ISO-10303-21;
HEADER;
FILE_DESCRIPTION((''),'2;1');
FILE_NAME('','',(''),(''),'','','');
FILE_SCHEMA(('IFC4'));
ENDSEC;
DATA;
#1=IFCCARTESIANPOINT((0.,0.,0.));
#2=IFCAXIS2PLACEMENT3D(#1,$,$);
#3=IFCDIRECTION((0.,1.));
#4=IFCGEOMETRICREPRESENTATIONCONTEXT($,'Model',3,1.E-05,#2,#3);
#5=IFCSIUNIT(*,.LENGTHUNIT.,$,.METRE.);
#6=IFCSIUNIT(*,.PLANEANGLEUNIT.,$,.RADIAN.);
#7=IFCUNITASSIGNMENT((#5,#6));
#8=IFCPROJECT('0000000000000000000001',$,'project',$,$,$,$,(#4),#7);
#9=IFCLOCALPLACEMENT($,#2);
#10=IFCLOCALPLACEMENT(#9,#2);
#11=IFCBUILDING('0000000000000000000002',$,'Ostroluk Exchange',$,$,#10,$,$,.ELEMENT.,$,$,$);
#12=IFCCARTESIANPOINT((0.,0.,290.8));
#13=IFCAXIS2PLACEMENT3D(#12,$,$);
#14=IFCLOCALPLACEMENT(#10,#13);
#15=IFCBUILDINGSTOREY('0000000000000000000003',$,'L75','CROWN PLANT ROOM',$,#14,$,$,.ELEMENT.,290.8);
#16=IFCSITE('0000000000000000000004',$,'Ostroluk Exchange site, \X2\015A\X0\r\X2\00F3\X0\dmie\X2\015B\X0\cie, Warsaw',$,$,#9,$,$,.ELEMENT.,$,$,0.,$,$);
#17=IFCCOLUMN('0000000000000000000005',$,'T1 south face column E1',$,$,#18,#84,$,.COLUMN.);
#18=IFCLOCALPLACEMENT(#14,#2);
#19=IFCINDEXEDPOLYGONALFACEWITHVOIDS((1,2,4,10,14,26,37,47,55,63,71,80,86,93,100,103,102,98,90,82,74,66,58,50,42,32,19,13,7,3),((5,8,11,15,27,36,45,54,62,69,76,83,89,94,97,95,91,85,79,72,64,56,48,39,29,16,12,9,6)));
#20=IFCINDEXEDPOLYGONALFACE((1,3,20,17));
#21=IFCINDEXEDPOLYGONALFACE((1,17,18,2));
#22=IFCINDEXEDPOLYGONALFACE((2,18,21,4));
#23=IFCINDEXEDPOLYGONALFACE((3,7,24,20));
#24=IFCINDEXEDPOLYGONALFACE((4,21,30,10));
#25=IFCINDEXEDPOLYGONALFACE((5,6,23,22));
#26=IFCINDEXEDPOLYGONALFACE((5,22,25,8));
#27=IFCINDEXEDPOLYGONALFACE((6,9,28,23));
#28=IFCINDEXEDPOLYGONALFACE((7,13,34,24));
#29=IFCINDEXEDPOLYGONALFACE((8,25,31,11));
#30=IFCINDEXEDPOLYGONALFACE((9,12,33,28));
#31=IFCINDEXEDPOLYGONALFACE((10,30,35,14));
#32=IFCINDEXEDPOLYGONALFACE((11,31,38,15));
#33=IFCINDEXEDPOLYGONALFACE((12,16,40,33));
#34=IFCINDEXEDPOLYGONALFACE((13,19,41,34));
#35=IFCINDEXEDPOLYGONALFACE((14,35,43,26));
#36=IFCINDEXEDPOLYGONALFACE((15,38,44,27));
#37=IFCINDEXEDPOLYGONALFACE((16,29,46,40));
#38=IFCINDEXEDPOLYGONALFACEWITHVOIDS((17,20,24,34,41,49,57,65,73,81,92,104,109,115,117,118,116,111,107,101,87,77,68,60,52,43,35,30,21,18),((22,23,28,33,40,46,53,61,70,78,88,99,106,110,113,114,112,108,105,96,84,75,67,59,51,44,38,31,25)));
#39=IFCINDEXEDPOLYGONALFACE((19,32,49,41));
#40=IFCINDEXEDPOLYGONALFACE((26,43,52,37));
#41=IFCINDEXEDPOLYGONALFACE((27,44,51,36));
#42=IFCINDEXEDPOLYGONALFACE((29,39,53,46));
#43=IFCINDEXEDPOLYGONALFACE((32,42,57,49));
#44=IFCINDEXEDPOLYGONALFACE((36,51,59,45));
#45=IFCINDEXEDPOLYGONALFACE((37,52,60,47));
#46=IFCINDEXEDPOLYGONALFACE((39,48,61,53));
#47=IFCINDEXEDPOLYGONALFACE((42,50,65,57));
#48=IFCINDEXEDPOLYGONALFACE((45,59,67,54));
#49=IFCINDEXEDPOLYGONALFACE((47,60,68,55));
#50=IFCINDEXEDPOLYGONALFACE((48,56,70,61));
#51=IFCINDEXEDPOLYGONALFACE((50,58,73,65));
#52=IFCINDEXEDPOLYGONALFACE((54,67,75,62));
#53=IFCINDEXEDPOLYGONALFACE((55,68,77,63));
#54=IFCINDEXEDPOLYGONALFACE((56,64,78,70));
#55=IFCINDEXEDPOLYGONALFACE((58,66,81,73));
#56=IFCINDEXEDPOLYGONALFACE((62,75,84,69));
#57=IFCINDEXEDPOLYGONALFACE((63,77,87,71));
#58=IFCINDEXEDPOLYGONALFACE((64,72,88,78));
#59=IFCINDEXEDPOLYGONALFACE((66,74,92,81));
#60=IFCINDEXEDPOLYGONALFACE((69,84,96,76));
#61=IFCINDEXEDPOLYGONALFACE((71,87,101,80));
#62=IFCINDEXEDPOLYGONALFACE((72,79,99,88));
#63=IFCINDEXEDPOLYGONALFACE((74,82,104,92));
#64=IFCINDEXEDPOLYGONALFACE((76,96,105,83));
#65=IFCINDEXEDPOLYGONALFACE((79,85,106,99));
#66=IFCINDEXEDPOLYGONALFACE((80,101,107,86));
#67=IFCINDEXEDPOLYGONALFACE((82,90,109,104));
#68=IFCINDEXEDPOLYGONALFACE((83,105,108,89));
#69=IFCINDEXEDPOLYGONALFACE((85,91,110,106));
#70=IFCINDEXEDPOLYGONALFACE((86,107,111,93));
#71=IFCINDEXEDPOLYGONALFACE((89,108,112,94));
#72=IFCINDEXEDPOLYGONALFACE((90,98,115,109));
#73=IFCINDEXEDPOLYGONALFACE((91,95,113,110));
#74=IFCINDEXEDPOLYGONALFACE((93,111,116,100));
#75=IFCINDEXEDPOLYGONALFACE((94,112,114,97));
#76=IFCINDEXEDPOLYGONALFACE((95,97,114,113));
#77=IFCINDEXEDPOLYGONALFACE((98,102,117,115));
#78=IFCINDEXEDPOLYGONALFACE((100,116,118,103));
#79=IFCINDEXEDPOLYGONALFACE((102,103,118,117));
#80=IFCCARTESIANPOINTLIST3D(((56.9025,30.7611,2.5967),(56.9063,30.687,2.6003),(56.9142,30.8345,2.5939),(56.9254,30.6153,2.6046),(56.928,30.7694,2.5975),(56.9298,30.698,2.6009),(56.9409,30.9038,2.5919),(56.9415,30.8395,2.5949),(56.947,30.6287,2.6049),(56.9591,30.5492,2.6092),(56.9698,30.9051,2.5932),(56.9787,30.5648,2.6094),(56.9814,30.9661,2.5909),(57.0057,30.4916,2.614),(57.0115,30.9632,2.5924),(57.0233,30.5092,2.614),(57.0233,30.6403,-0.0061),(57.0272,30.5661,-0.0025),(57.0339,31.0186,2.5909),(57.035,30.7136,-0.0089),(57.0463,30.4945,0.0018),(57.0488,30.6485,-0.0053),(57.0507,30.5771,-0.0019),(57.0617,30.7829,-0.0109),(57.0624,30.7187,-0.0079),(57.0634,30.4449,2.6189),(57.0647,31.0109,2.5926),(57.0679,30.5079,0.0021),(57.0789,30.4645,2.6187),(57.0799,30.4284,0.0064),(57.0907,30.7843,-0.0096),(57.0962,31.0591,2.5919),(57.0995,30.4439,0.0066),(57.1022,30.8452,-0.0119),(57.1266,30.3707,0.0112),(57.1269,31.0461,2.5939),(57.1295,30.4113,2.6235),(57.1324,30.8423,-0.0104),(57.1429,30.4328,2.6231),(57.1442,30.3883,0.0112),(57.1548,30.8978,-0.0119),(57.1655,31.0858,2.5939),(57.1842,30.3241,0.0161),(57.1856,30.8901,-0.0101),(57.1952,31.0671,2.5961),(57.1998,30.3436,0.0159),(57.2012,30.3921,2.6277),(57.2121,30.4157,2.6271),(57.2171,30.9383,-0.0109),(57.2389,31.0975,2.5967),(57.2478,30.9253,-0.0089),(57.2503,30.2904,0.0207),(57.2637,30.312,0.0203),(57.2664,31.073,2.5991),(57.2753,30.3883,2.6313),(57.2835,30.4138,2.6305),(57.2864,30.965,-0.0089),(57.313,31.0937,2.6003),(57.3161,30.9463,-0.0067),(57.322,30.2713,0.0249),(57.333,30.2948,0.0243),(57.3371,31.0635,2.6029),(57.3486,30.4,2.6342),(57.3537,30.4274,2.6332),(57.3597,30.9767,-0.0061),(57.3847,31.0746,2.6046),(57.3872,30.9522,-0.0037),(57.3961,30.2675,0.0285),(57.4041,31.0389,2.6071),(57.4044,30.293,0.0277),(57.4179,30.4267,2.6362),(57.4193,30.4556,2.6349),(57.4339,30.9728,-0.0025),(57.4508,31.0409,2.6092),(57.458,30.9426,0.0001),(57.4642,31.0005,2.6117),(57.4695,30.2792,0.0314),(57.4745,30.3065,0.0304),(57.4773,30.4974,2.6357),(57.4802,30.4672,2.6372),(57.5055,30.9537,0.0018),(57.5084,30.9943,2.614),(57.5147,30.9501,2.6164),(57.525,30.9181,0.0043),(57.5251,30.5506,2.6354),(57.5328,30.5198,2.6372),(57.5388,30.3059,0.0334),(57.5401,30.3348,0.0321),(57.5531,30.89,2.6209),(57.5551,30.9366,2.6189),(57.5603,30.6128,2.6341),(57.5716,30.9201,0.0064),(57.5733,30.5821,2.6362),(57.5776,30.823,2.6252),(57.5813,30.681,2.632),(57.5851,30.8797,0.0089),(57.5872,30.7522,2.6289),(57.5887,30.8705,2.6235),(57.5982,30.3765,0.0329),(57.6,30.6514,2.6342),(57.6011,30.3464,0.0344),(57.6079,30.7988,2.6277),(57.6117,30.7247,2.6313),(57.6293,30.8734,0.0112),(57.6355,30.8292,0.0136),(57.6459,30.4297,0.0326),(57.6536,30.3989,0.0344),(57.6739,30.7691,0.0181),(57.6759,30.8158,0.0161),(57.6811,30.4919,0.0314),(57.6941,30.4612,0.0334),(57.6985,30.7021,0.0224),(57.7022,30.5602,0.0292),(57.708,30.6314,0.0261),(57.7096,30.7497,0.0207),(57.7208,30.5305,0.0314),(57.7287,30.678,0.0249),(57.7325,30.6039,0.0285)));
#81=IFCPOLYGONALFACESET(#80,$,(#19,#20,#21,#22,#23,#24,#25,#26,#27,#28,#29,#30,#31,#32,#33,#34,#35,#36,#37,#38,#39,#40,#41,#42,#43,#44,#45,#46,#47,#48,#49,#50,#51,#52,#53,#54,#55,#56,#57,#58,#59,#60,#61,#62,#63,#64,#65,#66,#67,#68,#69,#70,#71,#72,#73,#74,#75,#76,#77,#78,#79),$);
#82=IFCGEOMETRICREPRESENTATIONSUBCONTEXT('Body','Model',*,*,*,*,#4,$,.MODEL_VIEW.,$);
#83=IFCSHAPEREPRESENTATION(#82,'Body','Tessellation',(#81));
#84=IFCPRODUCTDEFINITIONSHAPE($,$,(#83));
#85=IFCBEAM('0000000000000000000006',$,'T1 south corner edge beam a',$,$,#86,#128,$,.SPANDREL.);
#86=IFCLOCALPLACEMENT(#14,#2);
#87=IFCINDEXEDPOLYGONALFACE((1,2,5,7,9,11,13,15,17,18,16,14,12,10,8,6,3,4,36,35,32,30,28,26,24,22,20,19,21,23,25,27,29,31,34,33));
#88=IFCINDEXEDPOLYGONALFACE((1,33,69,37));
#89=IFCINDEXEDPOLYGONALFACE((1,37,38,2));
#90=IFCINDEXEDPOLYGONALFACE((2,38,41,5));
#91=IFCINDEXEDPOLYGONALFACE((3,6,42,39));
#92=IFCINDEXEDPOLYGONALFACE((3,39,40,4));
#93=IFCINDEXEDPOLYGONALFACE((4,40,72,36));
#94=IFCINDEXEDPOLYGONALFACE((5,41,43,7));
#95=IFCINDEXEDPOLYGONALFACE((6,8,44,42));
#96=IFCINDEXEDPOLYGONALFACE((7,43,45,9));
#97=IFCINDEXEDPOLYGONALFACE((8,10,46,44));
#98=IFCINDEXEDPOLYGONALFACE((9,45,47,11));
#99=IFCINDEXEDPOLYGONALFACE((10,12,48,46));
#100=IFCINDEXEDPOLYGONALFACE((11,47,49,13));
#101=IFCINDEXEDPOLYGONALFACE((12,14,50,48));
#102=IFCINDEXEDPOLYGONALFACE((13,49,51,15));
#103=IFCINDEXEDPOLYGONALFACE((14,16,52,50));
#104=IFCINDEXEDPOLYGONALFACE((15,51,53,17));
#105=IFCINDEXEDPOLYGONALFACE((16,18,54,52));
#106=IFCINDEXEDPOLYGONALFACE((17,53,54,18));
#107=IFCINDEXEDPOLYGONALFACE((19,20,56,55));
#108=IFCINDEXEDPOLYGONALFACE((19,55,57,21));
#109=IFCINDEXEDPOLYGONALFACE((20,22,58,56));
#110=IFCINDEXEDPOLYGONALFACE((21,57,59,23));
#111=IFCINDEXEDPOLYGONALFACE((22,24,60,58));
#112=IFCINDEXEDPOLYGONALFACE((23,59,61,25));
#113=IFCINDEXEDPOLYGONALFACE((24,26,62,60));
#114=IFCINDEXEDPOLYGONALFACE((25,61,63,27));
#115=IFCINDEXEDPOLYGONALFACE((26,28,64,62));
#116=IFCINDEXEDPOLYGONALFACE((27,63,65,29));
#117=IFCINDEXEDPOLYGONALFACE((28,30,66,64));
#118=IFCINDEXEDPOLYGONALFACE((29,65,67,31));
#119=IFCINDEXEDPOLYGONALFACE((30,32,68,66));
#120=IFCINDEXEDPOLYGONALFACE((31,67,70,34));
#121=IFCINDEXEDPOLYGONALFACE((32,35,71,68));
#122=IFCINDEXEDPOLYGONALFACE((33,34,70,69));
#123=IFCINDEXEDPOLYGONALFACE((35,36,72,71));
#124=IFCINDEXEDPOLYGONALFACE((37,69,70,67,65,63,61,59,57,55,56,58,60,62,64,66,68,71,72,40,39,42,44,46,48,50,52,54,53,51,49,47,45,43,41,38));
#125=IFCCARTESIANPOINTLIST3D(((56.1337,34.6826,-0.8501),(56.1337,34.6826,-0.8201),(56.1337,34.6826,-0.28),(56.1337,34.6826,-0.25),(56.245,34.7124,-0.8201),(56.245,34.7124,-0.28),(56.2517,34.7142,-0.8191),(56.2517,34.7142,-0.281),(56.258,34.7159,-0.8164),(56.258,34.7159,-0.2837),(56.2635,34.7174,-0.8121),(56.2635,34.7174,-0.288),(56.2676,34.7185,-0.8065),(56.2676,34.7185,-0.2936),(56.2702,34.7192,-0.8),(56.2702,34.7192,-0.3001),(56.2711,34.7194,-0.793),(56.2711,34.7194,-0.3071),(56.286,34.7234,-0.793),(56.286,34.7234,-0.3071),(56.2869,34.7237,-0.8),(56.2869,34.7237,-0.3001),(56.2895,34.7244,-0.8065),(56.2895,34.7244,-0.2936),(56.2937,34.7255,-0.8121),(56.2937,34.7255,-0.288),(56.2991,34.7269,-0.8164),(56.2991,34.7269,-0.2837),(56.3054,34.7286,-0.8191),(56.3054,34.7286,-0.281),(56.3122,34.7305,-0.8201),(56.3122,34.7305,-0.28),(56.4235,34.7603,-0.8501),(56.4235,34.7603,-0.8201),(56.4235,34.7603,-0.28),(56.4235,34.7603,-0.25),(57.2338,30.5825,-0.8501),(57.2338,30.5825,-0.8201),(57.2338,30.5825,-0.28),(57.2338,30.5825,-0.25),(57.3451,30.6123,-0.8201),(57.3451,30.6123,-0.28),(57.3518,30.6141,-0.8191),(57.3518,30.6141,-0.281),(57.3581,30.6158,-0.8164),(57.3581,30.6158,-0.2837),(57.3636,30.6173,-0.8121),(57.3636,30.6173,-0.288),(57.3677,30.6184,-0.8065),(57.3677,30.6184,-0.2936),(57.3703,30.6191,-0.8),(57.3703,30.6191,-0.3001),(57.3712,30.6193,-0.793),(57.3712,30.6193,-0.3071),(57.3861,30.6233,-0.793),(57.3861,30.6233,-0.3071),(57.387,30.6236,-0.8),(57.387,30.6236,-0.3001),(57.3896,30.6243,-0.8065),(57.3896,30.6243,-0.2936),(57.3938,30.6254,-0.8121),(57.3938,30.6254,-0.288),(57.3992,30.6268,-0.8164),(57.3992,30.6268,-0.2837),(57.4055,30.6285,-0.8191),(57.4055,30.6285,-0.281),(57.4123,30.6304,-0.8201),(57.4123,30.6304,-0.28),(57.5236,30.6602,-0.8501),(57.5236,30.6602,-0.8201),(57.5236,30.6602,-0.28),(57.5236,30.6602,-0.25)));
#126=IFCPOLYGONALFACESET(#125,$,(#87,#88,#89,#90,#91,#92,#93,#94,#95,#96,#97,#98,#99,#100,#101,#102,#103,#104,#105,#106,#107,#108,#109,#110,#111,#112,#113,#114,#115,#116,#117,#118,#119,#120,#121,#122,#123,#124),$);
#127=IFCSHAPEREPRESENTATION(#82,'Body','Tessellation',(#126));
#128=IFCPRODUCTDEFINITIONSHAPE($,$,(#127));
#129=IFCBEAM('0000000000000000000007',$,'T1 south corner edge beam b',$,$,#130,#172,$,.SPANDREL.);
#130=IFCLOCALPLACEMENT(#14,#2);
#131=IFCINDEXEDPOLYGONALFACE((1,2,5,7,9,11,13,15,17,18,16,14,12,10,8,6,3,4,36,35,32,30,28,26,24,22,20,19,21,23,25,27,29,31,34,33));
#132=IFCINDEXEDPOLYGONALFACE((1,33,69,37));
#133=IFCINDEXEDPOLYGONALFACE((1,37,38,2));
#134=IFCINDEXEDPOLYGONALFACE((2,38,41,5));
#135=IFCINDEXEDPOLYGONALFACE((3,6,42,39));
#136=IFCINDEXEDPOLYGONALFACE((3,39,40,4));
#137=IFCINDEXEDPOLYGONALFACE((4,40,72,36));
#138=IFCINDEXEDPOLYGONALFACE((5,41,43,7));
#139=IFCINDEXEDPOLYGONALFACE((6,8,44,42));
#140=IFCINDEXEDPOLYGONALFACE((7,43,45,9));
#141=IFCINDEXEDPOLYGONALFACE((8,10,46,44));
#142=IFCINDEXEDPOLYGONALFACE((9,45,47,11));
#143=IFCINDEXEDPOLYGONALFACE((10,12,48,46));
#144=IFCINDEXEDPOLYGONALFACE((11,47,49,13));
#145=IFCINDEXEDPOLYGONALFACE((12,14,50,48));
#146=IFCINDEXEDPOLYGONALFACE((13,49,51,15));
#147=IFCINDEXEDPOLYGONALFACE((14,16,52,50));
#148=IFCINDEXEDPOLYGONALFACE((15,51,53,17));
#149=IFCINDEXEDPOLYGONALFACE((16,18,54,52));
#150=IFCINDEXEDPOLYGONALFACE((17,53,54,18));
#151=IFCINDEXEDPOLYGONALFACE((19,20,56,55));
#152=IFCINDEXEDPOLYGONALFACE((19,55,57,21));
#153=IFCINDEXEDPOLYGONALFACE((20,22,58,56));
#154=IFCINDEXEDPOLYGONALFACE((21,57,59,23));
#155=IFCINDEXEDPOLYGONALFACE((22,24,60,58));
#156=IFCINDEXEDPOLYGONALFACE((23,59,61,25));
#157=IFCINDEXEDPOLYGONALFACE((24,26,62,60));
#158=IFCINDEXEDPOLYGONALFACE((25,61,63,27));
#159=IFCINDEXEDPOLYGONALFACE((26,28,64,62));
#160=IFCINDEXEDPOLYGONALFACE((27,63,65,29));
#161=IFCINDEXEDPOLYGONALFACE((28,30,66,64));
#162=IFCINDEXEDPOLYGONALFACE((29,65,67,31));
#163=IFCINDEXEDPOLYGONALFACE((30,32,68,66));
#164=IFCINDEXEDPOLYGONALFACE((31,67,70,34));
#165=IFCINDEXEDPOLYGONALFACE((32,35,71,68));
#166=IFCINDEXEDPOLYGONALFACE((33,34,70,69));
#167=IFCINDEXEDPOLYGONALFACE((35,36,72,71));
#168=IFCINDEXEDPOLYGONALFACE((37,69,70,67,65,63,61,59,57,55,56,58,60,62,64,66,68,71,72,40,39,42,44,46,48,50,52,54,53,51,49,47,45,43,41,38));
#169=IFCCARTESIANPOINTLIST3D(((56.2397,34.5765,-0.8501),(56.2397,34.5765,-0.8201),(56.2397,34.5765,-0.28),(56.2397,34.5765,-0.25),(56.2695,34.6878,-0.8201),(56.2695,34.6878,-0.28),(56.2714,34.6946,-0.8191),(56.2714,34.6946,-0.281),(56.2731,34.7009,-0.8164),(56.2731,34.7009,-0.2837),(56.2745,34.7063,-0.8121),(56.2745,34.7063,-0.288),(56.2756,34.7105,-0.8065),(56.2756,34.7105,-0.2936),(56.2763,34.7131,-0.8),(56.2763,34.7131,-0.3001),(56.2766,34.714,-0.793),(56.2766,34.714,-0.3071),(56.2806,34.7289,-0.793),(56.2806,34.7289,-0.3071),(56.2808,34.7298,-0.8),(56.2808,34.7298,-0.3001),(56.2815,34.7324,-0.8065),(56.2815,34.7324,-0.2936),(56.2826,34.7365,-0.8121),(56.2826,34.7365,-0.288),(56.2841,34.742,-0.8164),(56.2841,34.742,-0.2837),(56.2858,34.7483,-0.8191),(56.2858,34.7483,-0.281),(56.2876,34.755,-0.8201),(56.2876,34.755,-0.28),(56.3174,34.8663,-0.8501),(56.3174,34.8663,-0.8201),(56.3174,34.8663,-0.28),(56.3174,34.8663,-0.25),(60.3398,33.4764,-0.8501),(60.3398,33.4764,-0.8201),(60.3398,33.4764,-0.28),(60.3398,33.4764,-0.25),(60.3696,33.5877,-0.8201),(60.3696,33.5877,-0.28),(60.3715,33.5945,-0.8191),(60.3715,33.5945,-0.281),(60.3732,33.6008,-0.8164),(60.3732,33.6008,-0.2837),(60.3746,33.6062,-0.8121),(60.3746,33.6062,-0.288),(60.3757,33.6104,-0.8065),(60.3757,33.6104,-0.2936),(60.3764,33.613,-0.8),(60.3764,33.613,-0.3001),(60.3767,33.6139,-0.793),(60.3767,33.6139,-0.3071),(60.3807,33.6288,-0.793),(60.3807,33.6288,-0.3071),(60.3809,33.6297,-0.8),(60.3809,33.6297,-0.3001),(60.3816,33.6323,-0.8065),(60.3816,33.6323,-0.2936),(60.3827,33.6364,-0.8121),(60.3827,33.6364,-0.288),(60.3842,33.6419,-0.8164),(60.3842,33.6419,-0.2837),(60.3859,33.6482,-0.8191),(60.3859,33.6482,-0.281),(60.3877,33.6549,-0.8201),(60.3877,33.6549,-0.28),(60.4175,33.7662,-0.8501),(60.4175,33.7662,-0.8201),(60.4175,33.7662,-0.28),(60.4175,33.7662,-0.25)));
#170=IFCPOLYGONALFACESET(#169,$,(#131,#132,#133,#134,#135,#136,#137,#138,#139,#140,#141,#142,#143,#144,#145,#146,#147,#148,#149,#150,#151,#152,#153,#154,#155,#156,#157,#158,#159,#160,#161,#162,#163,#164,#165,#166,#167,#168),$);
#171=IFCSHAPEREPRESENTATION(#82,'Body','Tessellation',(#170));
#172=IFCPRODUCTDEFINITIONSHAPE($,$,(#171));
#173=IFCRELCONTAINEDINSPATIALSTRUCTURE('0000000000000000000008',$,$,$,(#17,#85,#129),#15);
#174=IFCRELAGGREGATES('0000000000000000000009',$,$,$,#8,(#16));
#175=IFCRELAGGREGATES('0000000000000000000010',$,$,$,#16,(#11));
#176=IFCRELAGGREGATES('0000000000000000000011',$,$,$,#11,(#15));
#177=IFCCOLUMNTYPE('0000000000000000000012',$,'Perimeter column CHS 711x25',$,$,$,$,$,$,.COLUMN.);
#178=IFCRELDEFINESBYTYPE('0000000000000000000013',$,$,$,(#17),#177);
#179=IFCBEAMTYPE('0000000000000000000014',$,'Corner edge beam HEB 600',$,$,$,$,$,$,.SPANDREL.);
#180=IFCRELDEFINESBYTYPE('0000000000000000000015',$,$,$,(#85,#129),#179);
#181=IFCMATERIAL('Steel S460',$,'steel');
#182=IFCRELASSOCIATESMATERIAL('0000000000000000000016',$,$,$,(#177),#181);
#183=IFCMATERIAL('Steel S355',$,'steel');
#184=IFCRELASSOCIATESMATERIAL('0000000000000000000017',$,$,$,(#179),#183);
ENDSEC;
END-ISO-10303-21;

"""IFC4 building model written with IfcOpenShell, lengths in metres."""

from ifc_helpers import new_model, si_unit, direction, frame, origin, origin_2d, place, context, subcontext, project, spatial, hollow_circle, i_section, extrude, material, material_profile, profile_set, type_object, element, save


model = new_model("IFC4")

# Units and contexts
model_context = context("Model", 3, precision=1e-05, world=origin(), true_north=direction((0.0, 1.0)))
body_context = subcontext(model_context, "Body", "Model", "MODEL_VIEW")
ifc_project = project(units=[si_unit("LENGTHUNIT", "METRE"), si_unit("PLANEANGLEUNIT", "RADIAN")], contexts=[model_context])

# Site, building, storey
site_placement = place(None, origin())
site = spatial("IfcSite", under=ifc_project, at=site_placement, Name="Ostroluk Exchange site, Śródmieście, Warsaw", CompositionType="ELEMENT", RefElevation=0.0)
building_placement = place(site_placement, origin())
building = spatial("IfcBuilding", under=site, at=building_placement, Name="Ostroluk Exchange", CompositionType="ELEMENT")
storey_placement = place(building_placement, frame((0.0, 0.0, 290.8)))
storey = spatial("IfcBuildingStorey", under=building, at=storey_placement, Name="L75", Description="CROWN PLANT ROOM", CompositionType="ELEMENT", Elevation=290.8)

# Column
ifc_material_1 = material(Name="Steel S460", Category="steel")
ifc_material_profile_1 = material_profile(ifc_material_1, hollow_circle(Radius=0.3555, WallThickness=0.0249, at=origin_2d()), Name="CHS 711x25")
ifc_profile_set_1 = profile_set([ifc_material_profile_1], Name="Steel S460")
column_type_1 = type_object("IfcColumnType", Name="Perimeter column CHS 711x25", PredefinedType="COLUMN", material=ifc_profile_set_1)
column_1_placement = place(storey_placement, frame((57.3779, 30.6221, 0.0112), z_axis=(-0.046331, 0.046331, 0.997851), x_axis=(-0.707107, -0.707107, 0.0)))
element("IfcColumn", 1, at=column_1_placement, inside=storey, type_object=column_type_1, Name="T1 south face column E1", PredefinedType="COLUMN", context=body_context, shape_type="SweptSolid", body=[
    extrude(hollow_circle(Radius=0.3555, WallThickness=0.0249, at=origin_2d()), origin(), (0.0, 0.0, 1.0), 2.6084),
])

# Beams
ifc_material_2 = material(Name="Steel S355", Category="steel")
ifc_material_profile_2 = material_profile(ifc_material_2, i_section(OverallWidth=0.3, OverallDepth=0.6001, WebThickness=0.0154, FlangeThickness=0.03, FilletRadius=0.0271, at=origin_2d()), Name="HEB 600")
ifc_profile_set_2 = profile_set([ifc_material_profile_2], Name="Steel S355")
beam_type_1 = type_object("IfcBeamType", Name="Corner edge beam HEB 600", PredefinedType="SPANDREL", material=ifc_profile_set_2)
for number, where, z_axis, x_axis, name in (
    (2, (56.2786, 34.7214, -0.55), (0.259144, -0.965839, 0.0), (0.965839, 0.259144, 0.0), "T1 south corner edge beam a"),
    (3, (56.2786, 34.7214, -0.55), (0.965839, -0.259144, 0.0), (0.259144, 0.965839, 0.0), "T1 south corner edge beam b"),
):
    element("IfcBeam", number, at=place(storey_placement, frame(where, z_axis=z_axis, x_axis=x_axis)), inside=storey, type_object=beam_type_1, Name=name, PredefinedType="SPANDREL", context=body_context, shape_type="SweptSolid", body=[
        extrude(i_section(OverallWidth=0.3, OverallDepth=0.6001, WebThickness=0.0154, FlangeThickness=0.03, FilletRadius=0.0271, at=origin_2d()), origin(), (0.0, 0.0, 1.0), 4.2451),
    ])

save(model, "model.ifc")
